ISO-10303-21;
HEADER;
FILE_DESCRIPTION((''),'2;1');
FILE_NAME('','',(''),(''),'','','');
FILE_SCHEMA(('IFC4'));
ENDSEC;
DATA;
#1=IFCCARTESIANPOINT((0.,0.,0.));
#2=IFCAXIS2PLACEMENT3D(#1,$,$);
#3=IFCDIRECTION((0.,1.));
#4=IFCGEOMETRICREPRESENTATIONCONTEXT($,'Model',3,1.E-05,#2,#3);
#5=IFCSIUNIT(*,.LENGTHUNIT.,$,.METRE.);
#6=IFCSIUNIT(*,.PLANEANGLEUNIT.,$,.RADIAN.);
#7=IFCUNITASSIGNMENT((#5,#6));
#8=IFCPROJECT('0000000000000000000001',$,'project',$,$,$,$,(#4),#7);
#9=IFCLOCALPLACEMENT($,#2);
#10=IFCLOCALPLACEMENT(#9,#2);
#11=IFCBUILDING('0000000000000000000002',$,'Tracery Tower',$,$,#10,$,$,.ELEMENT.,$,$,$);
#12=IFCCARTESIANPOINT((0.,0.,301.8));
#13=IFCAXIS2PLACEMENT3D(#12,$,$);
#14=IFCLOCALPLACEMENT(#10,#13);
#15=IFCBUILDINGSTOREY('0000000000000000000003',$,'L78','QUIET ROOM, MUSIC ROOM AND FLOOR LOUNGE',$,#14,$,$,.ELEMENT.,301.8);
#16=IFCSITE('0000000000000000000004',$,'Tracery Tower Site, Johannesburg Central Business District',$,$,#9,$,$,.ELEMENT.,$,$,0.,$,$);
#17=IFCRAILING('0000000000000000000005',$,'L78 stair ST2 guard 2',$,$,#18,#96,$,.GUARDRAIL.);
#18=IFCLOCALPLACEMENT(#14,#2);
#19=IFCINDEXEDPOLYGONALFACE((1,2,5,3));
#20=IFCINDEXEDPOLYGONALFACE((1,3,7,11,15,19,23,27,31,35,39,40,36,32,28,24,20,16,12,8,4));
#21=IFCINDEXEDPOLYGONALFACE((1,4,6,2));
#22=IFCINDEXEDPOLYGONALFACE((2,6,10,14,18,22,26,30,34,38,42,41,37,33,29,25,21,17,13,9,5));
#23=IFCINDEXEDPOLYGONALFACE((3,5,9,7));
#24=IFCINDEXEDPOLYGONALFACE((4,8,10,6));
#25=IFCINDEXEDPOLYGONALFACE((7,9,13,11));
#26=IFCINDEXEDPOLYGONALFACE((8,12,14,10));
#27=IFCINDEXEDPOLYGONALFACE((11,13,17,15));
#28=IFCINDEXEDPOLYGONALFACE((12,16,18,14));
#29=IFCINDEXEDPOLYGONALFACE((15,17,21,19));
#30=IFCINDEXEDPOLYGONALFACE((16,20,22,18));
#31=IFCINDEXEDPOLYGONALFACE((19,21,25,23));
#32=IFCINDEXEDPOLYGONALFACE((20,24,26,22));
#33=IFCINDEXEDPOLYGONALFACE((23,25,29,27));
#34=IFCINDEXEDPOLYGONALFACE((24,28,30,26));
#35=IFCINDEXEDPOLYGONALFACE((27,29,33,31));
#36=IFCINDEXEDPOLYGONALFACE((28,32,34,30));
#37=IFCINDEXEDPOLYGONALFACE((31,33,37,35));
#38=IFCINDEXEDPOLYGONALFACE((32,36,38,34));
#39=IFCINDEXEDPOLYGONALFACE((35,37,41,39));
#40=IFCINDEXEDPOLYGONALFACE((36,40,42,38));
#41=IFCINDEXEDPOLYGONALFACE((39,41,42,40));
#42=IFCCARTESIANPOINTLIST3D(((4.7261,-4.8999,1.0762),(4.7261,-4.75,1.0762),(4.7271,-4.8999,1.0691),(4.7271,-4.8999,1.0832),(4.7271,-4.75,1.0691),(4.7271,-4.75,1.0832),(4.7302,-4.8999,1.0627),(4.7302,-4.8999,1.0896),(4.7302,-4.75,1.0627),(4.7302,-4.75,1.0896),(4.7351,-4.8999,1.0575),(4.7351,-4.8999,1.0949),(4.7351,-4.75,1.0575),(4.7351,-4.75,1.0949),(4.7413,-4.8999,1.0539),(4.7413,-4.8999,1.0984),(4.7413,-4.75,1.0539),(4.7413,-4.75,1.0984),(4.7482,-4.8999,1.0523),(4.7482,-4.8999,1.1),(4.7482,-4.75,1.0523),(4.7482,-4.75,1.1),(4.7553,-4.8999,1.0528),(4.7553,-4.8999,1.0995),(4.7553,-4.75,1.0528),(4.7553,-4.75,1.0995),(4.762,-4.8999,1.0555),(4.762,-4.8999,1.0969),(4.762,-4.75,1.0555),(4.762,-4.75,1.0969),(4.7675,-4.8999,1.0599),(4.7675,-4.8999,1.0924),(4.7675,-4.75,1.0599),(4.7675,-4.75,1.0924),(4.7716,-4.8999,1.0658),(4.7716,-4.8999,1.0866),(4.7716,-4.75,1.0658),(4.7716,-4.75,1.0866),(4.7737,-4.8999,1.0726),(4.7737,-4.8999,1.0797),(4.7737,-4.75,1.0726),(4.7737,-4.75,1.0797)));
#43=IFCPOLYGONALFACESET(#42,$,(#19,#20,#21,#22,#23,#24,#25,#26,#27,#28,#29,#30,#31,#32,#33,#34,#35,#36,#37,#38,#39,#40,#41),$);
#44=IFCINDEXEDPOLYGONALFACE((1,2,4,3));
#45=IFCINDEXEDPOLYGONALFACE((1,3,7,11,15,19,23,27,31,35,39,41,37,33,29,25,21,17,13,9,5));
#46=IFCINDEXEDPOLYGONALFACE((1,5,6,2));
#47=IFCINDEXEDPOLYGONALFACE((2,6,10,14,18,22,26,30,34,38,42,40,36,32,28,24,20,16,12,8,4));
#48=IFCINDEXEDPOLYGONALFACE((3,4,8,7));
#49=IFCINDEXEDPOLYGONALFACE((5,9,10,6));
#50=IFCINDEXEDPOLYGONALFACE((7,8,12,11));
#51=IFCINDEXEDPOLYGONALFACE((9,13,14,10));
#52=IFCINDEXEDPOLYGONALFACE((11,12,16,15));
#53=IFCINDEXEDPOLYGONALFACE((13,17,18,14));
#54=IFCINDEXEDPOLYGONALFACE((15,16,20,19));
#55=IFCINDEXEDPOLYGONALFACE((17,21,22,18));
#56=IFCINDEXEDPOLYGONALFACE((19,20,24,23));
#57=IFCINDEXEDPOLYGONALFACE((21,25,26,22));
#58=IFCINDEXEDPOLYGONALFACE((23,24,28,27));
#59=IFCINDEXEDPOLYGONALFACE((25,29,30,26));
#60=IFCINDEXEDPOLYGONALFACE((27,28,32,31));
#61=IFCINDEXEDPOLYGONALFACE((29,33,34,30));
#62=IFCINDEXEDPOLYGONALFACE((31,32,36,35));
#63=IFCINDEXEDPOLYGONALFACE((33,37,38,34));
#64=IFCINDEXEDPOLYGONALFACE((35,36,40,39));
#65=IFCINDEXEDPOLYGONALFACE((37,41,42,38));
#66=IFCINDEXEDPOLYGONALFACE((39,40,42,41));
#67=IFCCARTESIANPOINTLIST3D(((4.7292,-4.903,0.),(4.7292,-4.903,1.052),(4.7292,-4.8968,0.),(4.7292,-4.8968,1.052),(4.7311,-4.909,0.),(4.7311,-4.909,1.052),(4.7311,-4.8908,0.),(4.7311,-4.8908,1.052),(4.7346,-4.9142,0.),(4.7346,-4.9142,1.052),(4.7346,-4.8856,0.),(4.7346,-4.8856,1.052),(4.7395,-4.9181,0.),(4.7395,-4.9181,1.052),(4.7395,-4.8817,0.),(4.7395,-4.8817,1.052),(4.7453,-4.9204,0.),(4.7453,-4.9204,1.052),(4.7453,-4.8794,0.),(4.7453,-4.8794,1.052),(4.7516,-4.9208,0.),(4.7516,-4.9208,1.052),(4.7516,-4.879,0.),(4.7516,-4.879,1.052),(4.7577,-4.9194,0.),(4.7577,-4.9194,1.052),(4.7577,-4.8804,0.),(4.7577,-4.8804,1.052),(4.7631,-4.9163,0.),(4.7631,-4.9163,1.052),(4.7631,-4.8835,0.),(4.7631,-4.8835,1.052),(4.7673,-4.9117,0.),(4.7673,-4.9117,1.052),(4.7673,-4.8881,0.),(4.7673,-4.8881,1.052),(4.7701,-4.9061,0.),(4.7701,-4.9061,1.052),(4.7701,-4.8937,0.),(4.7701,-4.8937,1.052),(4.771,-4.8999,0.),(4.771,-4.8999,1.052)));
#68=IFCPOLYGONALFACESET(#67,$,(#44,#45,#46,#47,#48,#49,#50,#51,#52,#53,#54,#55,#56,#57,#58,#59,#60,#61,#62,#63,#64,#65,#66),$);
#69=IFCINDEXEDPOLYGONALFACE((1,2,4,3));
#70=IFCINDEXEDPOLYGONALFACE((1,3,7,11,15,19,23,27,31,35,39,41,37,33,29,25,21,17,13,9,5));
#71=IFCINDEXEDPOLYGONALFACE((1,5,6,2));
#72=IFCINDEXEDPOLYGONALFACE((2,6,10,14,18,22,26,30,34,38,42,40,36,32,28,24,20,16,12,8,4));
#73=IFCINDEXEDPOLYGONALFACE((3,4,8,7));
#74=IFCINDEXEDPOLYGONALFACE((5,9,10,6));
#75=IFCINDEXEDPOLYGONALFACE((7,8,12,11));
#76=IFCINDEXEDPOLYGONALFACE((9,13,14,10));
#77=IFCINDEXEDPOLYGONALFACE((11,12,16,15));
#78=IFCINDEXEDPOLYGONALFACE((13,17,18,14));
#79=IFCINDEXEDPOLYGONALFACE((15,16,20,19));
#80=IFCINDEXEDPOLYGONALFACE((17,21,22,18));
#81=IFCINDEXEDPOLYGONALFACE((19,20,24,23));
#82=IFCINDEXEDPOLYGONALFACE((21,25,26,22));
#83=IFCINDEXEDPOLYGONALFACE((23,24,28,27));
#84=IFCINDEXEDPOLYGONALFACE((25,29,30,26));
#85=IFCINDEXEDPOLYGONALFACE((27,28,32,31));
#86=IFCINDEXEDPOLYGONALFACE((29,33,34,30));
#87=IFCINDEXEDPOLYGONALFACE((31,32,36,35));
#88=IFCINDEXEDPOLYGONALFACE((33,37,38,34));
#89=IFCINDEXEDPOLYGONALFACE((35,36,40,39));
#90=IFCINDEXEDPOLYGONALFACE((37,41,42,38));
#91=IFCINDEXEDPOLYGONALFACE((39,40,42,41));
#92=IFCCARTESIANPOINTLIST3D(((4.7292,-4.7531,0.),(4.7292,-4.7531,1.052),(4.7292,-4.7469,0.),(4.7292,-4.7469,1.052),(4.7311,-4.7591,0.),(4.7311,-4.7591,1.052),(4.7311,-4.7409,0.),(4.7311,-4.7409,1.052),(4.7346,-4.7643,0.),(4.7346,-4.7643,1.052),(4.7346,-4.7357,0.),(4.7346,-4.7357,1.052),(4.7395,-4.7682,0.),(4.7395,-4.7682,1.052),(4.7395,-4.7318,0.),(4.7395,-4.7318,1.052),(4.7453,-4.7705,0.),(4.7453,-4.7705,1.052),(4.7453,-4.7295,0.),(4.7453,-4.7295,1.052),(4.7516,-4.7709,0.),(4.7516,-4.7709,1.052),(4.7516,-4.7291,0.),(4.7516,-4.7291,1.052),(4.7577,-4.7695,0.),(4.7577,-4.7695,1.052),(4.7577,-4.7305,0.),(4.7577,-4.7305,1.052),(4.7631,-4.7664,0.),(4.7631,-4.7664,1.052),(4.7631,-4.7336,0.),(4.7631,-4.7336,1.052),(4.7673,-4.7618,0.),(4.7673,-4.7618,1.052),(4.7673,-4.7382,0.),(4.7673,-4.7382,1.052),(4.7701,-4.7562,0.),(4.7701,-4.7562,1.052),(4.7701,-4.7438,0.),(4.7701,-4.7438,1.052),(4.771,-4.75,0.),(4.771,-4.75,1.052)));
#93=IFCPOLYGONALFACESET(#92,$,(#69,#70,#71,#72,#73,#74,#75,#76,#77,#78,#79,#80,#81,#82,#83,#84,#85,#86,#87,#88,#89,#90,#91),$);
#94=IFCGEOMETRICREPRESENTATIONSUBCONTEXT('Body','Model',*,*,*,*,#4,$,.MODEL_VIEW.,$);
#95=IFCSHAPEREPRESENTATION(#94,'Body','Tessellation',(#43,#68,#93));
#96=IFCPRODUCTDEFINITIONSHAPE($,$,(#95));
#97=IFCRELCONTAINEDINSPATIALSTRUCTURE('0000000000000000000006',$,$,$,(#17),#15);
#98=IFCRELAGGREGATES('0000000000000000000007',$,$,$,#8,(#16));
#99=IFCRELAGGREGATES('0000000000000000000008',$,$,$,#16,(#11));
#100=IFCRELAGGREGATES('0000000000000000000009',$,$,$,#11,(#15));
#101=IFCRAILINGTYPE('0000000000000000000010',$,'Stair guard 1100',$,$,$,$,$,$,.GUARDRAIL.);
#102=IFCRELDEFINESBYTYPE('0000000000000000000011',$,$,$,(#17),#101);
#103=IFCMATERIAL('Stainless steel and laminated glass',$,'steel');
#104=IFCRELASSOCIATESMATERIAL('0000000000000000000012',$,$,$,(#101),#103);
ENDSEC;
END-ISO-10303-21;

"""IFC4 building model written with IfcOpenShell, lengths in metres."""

from ifc_helpers import new_model, si_unit, direction, frame, origin, origin_2d, place, context, subcontext, project, spatial, circle, extrude, material, type_object, element, save


model = new_model("IFC4")

# Units and contexts
model_context = context("Model", 3, precision=1e-05, world=origin(), true_north=direction((0.0, 1.0)))
body_context = subcontext(model_context, "Body", "Model", "MODEL_VIEW")
ifc_project = project(units=[si_unit("LENGTHUNIT", "METRE"), si_unit("PLANEANGLEUNIT", "RADIAN")], contexts=[model_context])

# Site, building, storey
site_placement = place(None, origin())
site = spatial("IfcSite", under=ifc_project, at=site_placement, Name="Tracery Tower Site, Johannesburg Central Business District", CompositionType="ELEMENT", RefElevation=0.0)
building_placement = place(site_placement, origin())
building = spatial("IfcBuilding", under=site, at=building_placement, Name="Tracery Tower", CompositionType="ELEMENT")
storey_placement = place(building_placement, frame((0.0, 0.0, 301.8)))
storey = spatial("IfcBuildingStorey", under=building, at=storey_placement, Name="L78", Description="QUIET ROOM, MUSIC ROOM AND FLOOR LOUNGE", CompositionType="ELEMENT", Elevation=301.8)

# Railing
ifc_material_1 = material(Name="Stainless steel and laminated glass", Category="steel")
railing_type_1 = type_object("IfcRailingType", Name="Stair guard 1100", PredefinedType="GUARDRAIL", material=ifc_material_1)
railing_1_placement = place(storey_placement, frame((4.75, -4.8999, 0.0)))
element("IfcRailing", 1, at=railing_1_placement, inside=storey, type_object=railing_type_1, Name="L78 stair ST2 guard 2", PredefinedType="GUARDRAIL", context=body_context, shape_type="SweptSolid", body=[
    extrude(circle(Radius=0.0239, at=origin_2d()), frame((0.0, 0.0, 1.0762), z_axis=(0.0, 1.0, 0.0), x_axis=(-1.0, 0.0, 0.0)), (0.0, 0.0, 1.0), 0.1499),
    extrude(circle(Radius=0.021, at=origin_2d()), origin(), (0.0, 0.0, 1.0), 1.052),
    extrude(circle(Radius=0.021, at=origin_2d()), frame((0.0, 0.1499, 0.0)), (0.0, 0.0, 1.0), 1.052),
])

save(model, "model.ifc")
